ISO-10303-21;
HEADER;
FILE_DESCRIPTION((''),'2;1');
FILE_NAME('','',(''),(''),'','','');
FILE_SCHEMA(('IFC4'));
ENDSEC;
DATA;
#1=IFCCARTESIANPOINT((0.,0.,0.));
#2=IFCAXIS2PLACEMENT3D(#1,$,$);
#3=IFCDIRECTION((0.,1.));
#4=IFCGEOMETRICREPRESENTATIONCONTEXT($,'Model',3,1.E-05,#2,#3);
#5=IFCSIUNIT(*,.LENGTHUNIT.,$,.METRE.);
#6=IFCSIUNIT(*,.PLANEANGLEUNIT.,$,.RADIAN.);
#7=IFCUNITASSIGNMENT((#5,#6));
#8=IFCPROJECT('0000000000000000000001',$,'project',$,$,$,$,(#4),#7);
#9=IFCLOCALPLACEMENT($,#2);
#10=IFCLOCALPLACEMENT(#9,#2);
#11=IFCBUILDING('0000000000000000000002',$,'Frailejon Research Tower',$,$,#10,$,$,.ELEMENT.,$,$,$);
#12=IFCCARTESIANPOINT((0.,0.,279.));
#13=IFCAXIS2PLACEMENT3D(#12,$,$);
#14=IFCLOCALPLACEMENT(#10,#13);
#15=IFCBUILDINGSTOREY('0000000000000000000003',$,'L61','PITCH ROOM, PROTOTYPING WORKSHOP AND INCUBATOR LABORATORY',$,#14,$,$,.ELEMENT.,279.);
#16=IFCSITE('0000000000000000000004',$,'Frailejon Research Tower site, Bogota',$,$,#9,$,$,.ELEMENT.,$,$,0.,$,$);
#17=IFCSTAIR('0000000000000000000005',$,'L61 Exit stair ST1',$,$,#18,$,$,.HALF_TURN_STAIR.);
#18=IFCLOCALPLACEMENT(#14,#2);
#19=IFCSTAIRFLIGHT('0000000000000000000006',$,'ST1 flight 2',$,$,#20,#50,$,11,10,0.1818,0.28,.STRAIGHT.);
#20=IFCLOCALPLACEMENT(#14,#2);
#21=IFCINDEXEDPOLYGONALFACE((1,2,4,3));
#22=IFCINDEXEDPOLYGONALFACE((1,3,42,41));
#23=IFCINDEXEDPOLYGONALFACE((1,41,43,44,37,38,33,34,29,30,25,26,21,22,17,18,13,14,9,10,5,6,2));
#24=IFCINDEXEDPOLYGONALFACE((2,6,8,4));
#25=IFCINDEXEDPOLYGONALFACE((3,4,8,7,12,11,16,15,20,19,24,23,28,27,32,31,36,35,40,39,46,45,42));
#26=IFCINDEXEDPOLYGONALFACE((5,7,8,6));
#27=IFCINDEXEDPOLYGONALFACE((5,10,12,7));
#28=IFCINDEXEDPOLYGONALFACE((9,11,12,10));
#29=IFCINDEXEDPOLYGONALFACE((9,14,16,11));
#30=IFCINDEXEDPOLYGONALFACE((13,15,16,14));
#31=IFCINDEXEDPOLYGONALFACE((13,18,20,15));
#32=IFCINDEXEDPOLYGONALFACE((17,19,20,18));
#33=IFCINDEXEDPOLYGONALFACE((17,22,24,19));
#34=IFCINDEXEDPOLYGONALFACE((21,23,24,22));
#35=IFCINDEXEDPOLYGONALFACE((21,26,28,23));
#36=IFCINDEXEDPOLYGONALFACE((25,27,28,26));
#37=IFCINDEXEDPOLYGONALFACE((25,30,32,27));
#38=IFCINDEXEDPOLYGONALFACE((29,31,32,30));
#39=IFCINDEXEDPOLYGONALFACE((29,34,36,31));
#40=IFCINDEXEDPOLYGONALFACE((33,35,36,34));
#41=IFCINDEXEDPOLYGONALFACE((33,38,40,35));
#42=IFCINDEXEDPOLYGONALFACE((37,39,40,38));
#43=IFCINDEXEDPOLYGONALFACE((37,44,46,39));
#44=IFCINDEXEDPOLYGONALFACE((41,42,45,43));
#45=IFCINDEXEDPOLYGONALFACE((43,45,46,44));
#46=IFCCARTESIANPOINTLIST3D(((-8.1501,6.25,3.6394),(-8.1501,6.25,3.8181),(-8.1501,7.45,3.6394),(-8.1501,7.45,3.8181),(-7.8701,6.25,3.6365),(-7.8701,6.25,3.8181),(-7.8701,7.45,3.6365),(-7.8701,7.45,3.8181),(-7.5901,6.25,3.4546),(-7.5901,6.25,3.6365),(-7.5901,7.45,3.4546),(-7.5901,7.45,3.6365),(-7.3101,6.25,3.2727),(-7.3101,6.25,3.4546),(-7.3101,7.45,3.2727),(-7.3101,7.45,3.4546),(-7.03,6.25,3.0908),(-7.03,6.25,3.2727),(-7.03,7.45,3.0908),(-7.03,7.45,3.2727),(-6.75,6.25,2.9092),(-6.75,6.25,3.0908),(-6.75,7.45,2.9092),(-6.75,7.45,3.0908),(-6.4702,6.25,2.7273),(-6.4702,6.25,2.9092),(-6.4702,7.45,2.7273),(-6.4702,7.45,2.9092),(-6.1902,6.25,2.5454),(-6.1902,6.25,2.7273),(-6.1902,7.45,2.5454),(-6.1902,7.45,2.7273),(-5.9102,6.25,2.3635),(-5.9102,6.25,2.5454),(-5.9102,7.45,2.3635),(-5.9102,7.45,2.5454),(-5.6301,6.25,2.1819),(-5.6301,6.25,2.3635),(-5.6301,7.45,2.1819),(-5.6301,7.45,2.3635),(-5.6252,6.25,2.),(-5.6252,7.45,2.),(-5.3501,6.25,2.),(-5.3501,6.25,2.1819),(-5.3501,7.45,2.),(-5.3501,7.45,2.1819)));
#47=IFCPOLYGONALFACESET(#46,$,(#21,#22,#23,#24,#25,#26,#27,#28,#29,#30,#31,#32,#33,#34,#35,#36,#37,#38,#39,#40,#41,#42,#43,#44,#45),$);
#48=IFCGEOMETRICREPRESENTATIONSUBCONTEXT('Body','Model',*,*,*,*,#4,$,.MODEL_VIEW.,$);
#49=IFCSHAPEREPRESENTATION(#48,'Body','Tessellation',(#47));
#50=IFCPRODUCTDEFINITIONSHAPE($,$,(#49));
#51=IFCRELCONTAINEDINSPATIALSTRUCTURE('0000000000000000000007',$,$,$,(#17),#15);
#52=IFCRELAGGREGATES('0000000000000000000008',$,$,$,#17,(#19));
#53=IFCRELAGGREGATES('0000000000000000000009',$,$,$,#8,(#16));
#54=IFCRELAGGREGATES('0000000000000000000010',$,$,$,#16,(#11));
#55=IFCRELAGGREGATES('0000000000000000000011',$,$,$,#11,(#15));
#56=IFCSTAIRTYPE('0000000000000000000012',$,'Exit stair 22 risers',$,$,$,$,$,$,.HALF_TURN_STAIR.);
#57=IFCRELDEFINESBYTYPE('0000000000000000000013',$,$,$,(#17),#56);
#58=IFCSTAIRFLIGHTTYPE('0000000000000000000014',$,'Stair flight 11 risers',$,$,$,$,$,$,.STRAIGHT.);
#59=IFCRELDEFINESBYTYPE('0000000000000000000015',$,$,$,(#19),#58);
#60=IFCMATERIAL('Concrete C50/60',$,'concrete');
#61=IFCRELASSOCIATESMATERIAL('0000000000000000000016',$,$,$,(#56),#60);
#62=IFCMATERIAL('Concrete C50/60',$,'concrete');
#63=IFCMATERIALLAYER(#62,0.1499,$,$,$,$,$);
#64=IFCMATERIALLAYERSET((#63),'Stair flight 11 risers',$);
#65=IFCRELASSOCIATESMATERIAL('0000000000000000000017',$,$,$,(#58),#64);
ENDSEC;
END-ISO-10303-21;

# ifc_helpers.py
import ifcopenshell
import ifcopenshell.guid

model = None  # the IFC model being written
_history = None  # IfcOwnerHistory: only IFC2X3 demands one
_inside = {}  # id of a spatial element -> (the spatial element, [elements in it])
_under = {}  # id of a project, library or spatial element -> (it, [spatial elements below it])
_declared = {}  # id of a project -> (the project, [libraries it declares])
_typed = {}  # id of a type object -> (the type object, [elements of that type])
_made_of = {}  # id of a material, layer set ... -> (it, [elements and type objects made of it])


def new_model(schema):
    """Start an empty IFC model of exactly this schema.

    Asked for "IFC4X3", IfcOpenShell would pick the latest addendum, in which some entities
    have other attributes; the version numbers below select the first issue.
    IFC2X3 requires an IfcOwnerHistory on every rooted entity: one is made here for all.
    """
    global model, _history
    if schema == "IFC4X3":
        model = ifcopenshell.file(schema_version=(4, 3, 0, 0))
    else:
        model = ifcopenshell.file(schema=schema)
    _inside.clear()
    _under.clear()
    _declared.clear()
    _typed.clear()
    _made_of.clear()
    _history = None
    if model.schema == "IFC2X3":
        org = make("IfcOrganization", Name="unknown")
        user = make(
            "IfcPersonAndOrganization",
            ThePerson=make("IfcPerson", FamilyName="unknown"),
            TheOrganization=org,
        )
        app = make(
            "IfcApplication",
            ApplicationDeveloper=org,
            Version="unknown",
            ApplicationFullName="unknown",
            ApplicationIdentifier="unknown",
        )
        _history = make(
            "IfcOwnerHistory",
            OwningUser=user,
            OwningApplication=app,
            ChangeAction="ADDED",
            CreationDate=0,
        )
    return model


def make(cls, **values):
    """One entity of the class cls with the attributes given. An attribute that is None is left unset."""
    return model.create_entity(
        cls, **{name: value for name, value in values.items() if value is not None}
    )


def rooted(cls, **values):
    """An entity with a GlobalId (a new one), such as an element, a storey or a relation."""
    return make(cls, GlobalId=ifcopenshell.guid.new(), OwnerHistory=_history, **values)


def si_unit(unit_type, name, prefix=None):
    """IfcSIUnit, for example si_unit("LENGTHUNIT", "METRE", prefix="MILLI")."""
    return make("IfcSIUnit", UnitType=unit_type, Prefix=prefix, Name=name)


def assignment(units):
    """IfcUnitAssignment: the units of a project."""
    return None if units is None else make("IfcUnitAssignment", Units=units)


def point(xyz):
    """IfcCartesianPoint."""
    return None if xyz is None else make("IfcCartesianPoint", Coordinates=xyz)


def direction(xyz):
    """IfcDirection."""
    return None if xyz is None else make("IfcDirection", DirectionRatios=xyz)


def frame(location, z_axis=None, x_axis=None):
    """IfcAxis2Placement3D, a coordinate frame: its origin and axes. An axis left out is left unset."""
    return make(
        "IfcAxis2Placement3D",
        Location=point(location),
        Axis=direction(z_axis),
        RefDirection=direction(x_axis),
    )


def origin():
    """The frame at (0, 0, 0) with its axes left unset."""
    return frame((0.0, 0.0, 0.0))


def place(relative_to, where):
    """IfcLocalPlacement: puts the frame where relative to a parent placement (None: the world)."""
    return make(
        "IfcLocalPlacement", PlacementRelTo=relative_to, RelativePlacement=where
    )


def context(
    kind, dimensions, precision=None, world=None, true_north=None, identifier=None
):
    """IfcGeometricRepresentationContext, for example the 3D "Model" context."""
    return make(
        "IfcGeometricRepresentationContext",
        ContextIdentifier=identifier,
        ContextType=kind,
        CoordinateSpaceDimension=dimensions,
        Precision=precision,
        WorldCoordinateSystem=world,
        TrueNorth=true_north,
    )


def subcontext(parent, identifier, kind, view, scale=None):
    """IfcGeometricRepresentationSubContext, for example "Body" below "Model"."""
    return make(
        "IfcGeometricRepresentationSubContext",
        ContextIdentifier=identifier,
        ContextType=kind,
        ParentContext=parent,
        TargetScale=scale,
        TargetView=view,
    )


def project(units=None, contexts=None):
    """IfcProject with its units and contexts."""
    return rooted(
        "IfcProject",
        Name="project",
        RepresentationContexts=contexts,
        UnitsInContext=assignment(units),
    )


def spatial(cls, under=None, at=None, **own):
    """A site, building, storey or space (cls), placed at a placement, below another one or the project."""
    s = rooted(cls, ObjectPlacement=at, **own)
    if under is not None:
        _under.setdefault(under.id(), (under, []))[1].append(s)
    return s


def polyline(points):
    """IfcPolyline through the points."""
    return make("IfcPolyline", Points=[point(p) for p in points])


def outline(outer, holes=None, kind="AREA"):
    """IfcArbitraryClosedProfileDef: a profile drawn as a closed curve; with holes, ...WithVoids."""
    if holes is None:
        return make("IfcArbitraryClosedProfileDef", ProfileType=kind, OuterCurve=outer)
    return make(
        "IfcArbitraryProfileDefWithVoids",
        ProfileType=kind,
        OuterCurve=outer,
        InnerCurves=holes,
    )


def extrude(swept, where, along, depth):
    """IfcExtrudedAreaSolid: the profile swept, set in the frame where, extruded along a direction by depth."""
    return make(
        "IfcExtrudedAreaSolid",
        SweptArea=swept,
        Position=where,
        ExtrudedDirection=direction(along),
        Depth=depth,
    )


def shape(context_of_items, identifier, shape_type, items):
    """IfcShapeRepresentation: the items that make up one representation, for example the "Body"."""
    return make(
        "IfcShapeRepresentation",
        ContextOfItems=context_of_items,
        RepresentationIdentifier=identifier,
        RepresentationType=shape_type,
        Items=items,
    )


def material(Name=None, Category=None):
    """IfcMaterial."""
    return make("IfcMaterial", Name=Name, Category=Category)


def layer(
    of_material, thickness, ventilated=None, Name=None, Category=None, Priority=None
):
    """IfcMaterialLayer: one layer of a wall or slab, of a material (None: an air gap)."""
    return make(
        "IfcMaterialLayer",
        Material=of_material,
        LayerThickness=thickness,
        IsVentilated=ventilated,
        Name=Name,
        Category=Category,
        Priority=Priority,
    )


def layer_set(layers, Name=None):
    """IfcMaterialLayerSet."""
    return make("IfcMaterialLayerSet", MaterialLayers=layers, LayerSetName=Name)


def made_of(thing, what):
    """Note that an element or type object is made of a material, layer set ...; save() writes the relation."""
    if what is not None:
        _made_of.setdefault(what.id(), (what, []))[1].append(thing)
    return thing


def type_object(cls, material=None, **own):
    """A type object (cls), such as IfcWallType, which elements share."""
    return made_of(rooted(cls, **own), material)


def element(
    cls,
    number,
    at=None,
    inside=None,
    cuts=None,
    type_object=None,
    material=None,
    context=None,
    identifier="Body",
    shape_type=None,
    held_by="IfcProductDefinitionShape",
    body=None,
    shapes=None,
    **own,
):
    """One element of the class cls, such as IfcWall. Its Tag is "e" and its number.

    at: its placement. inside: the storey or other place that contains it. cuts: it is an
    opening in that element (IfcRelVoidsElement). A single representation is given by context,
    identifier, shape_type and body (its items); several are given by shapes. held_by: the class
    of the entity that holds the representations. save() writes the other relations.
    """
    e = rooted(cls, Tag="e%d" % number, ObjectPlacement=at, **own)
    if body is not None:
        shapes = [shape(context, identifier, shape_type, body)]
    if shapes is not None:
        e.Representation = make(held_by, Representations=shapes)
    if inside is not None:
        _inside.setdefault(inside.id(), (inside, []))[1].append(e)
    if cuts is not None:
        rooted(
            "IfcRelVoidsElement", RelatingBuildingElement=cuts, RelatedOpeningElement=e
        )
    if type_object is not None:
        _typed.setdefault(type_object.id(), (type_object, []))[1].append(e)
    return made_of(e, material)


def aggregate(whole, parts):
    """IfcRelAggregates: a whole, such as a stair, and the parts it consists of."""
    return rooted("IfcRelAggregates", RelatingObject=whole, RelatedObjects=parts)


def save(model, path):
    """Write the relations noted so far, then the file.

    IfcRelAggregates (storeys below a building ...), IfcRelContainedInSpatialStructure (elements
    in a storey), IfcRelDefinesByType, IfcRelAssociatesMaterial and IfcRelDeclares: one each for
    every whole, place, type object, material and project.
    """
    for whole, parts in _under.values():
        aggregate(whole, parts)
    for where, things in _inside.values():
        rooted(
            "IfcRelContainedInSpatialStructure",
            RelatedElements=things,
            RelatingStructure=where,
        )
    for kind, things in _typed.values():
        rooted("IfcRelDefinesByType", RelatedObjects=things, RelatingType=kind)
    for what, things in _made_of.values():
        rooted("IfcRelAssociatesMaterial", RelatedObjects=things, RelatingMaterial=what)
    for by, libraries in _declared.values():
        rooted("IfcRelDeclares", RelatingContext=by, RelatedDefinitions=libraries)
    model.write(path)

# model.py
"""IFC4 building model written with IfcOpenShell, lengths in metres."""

from ifc_helpers import new_model, si_unit, direction, frame, origin, place, context, subcontext, project, spatial, polyline, outline, extrude, material, layer, layer_set, type_object, element, aggregate, save


model = new_model("IFC4")

# Units and contexts
model_context = context("Model", 3, precision=1e-05, world=origin(), true_north=direction((0.0, 1.0)))
body_context = subcontext(model_context, "Body", "Model", "MODEL_VIEW")
ifc_project = project(units=[si_unit("LENGTHUNIT", "METRE"), si_unit("PLANEANGLEUNIT", "RADIAN")], contexts=[model_context])

# Site, building, storey
site_placement = place(None, origin())
site = spatial("IfcSite", under=ifc_project, at=site_placement, Name="Frailejon Research Tower site, Bogota", CompositionType="ELEMENT", RefElevation=0.0)
building_placement = place(site_placement, origin())
building = spatial("IfcBuilding", under=site, at=building_placement, Name="Frailejon Research Tower", CompositionType="ELEMENT")
storey_placement = place(building_placement, frame((0.0, 0.0, 279.0)))
storey = spatial("IfcBuildingStorey", under=building, at=storey_placement, Name="L61", Description="PITCH ROOM, PROTOTYPING WORKSHOP AND INCUBATOR LABORATORY", CompositionType="ELEMENT", Elevation=279.0)

# Stair, stair flight
ifc_material_1 = material(Name="Concrete C50/60", Category="concrete")
stair_type = type_object("IfcStairType", Name="Exit stair 22 risers", PredefinedType="HALF_TURN_STAIR", material=ifc_material_1)
stair_placement = place(storey_placement, origin())
stair = element("IfcStair", 1, at=stair_placement, inside=storey, type_object=stair_type, Name="L61 Exit stair ST1", PredefinedType="HALF_TURN_STAIR")
ifc_material_2 = material(Name="Concrete C50/60", Category="concrete")
ifc_layer_1 = layer(ifc_material_2, 0.1499)
ifc_layer_set_1 = layer_set([ifc_layer_1], Name="Stair flight 11 risers")
stair_flight_type = type_object("IfcStairFlightType", Name="Stair flight 11 risers", PredefinedType="STRAIGHT", material=ifc_layer_set_1)
stair_flight_placement = place(storey_placement, frame((-5.3501, 6.8501, 2.0), z_axis=(0.0, 0.0, 1.0), x_axis=(-1.0, 0.0, 0.0)))
stair_flight = element("IfcStairFlight", 2, at=stair_flight_placement, type_object=stair_flight_type, Name="ST1 flight 2", NumberOfRisers=11, NumberOfTreads=10, PredefinedType="STRAIGHT", RiserHeight=0.1818, TreadLength=0.28, context=body_context, shape_type="SweptSolid", body=[
    extrude(outline(polyline([(0.0, 0.0), (0.0, 0.1819), (0.28, 0.1819), (0.28, 0.3635), (0.5601, 0.3635), (0.5601, 0.5454), (0.8401, 0.5454), (0.8401, 0.7273), (1.1201, 0.7273), (1.1201, 0.9092), (1.3999, 0.9092), (1.3999, 1.0908), (1.6799, 1.0908), (1.6799, 1.2727), (1.96, 1.2727), (1.96, 1.4546), (2.24, 1.4546), (2.24, 1.6365), (2.52, 1.6365), (2.52, 1.8181), (2.8, 1.8181), (2.8, 2.0), (2.8, 1.6394), (0.2751, 0.0), (0.0, 0.0)])), frame((0.0, 0.6001, 0.0), z_axis=(0.0, -1.0, 0.0), x_axis=(1.0, 0.0, 0.0)), (0.0, 0.0, 1.0), 1.2),
])
aggregate(stair, [stair_flight])

save(model, "model.ifc")
